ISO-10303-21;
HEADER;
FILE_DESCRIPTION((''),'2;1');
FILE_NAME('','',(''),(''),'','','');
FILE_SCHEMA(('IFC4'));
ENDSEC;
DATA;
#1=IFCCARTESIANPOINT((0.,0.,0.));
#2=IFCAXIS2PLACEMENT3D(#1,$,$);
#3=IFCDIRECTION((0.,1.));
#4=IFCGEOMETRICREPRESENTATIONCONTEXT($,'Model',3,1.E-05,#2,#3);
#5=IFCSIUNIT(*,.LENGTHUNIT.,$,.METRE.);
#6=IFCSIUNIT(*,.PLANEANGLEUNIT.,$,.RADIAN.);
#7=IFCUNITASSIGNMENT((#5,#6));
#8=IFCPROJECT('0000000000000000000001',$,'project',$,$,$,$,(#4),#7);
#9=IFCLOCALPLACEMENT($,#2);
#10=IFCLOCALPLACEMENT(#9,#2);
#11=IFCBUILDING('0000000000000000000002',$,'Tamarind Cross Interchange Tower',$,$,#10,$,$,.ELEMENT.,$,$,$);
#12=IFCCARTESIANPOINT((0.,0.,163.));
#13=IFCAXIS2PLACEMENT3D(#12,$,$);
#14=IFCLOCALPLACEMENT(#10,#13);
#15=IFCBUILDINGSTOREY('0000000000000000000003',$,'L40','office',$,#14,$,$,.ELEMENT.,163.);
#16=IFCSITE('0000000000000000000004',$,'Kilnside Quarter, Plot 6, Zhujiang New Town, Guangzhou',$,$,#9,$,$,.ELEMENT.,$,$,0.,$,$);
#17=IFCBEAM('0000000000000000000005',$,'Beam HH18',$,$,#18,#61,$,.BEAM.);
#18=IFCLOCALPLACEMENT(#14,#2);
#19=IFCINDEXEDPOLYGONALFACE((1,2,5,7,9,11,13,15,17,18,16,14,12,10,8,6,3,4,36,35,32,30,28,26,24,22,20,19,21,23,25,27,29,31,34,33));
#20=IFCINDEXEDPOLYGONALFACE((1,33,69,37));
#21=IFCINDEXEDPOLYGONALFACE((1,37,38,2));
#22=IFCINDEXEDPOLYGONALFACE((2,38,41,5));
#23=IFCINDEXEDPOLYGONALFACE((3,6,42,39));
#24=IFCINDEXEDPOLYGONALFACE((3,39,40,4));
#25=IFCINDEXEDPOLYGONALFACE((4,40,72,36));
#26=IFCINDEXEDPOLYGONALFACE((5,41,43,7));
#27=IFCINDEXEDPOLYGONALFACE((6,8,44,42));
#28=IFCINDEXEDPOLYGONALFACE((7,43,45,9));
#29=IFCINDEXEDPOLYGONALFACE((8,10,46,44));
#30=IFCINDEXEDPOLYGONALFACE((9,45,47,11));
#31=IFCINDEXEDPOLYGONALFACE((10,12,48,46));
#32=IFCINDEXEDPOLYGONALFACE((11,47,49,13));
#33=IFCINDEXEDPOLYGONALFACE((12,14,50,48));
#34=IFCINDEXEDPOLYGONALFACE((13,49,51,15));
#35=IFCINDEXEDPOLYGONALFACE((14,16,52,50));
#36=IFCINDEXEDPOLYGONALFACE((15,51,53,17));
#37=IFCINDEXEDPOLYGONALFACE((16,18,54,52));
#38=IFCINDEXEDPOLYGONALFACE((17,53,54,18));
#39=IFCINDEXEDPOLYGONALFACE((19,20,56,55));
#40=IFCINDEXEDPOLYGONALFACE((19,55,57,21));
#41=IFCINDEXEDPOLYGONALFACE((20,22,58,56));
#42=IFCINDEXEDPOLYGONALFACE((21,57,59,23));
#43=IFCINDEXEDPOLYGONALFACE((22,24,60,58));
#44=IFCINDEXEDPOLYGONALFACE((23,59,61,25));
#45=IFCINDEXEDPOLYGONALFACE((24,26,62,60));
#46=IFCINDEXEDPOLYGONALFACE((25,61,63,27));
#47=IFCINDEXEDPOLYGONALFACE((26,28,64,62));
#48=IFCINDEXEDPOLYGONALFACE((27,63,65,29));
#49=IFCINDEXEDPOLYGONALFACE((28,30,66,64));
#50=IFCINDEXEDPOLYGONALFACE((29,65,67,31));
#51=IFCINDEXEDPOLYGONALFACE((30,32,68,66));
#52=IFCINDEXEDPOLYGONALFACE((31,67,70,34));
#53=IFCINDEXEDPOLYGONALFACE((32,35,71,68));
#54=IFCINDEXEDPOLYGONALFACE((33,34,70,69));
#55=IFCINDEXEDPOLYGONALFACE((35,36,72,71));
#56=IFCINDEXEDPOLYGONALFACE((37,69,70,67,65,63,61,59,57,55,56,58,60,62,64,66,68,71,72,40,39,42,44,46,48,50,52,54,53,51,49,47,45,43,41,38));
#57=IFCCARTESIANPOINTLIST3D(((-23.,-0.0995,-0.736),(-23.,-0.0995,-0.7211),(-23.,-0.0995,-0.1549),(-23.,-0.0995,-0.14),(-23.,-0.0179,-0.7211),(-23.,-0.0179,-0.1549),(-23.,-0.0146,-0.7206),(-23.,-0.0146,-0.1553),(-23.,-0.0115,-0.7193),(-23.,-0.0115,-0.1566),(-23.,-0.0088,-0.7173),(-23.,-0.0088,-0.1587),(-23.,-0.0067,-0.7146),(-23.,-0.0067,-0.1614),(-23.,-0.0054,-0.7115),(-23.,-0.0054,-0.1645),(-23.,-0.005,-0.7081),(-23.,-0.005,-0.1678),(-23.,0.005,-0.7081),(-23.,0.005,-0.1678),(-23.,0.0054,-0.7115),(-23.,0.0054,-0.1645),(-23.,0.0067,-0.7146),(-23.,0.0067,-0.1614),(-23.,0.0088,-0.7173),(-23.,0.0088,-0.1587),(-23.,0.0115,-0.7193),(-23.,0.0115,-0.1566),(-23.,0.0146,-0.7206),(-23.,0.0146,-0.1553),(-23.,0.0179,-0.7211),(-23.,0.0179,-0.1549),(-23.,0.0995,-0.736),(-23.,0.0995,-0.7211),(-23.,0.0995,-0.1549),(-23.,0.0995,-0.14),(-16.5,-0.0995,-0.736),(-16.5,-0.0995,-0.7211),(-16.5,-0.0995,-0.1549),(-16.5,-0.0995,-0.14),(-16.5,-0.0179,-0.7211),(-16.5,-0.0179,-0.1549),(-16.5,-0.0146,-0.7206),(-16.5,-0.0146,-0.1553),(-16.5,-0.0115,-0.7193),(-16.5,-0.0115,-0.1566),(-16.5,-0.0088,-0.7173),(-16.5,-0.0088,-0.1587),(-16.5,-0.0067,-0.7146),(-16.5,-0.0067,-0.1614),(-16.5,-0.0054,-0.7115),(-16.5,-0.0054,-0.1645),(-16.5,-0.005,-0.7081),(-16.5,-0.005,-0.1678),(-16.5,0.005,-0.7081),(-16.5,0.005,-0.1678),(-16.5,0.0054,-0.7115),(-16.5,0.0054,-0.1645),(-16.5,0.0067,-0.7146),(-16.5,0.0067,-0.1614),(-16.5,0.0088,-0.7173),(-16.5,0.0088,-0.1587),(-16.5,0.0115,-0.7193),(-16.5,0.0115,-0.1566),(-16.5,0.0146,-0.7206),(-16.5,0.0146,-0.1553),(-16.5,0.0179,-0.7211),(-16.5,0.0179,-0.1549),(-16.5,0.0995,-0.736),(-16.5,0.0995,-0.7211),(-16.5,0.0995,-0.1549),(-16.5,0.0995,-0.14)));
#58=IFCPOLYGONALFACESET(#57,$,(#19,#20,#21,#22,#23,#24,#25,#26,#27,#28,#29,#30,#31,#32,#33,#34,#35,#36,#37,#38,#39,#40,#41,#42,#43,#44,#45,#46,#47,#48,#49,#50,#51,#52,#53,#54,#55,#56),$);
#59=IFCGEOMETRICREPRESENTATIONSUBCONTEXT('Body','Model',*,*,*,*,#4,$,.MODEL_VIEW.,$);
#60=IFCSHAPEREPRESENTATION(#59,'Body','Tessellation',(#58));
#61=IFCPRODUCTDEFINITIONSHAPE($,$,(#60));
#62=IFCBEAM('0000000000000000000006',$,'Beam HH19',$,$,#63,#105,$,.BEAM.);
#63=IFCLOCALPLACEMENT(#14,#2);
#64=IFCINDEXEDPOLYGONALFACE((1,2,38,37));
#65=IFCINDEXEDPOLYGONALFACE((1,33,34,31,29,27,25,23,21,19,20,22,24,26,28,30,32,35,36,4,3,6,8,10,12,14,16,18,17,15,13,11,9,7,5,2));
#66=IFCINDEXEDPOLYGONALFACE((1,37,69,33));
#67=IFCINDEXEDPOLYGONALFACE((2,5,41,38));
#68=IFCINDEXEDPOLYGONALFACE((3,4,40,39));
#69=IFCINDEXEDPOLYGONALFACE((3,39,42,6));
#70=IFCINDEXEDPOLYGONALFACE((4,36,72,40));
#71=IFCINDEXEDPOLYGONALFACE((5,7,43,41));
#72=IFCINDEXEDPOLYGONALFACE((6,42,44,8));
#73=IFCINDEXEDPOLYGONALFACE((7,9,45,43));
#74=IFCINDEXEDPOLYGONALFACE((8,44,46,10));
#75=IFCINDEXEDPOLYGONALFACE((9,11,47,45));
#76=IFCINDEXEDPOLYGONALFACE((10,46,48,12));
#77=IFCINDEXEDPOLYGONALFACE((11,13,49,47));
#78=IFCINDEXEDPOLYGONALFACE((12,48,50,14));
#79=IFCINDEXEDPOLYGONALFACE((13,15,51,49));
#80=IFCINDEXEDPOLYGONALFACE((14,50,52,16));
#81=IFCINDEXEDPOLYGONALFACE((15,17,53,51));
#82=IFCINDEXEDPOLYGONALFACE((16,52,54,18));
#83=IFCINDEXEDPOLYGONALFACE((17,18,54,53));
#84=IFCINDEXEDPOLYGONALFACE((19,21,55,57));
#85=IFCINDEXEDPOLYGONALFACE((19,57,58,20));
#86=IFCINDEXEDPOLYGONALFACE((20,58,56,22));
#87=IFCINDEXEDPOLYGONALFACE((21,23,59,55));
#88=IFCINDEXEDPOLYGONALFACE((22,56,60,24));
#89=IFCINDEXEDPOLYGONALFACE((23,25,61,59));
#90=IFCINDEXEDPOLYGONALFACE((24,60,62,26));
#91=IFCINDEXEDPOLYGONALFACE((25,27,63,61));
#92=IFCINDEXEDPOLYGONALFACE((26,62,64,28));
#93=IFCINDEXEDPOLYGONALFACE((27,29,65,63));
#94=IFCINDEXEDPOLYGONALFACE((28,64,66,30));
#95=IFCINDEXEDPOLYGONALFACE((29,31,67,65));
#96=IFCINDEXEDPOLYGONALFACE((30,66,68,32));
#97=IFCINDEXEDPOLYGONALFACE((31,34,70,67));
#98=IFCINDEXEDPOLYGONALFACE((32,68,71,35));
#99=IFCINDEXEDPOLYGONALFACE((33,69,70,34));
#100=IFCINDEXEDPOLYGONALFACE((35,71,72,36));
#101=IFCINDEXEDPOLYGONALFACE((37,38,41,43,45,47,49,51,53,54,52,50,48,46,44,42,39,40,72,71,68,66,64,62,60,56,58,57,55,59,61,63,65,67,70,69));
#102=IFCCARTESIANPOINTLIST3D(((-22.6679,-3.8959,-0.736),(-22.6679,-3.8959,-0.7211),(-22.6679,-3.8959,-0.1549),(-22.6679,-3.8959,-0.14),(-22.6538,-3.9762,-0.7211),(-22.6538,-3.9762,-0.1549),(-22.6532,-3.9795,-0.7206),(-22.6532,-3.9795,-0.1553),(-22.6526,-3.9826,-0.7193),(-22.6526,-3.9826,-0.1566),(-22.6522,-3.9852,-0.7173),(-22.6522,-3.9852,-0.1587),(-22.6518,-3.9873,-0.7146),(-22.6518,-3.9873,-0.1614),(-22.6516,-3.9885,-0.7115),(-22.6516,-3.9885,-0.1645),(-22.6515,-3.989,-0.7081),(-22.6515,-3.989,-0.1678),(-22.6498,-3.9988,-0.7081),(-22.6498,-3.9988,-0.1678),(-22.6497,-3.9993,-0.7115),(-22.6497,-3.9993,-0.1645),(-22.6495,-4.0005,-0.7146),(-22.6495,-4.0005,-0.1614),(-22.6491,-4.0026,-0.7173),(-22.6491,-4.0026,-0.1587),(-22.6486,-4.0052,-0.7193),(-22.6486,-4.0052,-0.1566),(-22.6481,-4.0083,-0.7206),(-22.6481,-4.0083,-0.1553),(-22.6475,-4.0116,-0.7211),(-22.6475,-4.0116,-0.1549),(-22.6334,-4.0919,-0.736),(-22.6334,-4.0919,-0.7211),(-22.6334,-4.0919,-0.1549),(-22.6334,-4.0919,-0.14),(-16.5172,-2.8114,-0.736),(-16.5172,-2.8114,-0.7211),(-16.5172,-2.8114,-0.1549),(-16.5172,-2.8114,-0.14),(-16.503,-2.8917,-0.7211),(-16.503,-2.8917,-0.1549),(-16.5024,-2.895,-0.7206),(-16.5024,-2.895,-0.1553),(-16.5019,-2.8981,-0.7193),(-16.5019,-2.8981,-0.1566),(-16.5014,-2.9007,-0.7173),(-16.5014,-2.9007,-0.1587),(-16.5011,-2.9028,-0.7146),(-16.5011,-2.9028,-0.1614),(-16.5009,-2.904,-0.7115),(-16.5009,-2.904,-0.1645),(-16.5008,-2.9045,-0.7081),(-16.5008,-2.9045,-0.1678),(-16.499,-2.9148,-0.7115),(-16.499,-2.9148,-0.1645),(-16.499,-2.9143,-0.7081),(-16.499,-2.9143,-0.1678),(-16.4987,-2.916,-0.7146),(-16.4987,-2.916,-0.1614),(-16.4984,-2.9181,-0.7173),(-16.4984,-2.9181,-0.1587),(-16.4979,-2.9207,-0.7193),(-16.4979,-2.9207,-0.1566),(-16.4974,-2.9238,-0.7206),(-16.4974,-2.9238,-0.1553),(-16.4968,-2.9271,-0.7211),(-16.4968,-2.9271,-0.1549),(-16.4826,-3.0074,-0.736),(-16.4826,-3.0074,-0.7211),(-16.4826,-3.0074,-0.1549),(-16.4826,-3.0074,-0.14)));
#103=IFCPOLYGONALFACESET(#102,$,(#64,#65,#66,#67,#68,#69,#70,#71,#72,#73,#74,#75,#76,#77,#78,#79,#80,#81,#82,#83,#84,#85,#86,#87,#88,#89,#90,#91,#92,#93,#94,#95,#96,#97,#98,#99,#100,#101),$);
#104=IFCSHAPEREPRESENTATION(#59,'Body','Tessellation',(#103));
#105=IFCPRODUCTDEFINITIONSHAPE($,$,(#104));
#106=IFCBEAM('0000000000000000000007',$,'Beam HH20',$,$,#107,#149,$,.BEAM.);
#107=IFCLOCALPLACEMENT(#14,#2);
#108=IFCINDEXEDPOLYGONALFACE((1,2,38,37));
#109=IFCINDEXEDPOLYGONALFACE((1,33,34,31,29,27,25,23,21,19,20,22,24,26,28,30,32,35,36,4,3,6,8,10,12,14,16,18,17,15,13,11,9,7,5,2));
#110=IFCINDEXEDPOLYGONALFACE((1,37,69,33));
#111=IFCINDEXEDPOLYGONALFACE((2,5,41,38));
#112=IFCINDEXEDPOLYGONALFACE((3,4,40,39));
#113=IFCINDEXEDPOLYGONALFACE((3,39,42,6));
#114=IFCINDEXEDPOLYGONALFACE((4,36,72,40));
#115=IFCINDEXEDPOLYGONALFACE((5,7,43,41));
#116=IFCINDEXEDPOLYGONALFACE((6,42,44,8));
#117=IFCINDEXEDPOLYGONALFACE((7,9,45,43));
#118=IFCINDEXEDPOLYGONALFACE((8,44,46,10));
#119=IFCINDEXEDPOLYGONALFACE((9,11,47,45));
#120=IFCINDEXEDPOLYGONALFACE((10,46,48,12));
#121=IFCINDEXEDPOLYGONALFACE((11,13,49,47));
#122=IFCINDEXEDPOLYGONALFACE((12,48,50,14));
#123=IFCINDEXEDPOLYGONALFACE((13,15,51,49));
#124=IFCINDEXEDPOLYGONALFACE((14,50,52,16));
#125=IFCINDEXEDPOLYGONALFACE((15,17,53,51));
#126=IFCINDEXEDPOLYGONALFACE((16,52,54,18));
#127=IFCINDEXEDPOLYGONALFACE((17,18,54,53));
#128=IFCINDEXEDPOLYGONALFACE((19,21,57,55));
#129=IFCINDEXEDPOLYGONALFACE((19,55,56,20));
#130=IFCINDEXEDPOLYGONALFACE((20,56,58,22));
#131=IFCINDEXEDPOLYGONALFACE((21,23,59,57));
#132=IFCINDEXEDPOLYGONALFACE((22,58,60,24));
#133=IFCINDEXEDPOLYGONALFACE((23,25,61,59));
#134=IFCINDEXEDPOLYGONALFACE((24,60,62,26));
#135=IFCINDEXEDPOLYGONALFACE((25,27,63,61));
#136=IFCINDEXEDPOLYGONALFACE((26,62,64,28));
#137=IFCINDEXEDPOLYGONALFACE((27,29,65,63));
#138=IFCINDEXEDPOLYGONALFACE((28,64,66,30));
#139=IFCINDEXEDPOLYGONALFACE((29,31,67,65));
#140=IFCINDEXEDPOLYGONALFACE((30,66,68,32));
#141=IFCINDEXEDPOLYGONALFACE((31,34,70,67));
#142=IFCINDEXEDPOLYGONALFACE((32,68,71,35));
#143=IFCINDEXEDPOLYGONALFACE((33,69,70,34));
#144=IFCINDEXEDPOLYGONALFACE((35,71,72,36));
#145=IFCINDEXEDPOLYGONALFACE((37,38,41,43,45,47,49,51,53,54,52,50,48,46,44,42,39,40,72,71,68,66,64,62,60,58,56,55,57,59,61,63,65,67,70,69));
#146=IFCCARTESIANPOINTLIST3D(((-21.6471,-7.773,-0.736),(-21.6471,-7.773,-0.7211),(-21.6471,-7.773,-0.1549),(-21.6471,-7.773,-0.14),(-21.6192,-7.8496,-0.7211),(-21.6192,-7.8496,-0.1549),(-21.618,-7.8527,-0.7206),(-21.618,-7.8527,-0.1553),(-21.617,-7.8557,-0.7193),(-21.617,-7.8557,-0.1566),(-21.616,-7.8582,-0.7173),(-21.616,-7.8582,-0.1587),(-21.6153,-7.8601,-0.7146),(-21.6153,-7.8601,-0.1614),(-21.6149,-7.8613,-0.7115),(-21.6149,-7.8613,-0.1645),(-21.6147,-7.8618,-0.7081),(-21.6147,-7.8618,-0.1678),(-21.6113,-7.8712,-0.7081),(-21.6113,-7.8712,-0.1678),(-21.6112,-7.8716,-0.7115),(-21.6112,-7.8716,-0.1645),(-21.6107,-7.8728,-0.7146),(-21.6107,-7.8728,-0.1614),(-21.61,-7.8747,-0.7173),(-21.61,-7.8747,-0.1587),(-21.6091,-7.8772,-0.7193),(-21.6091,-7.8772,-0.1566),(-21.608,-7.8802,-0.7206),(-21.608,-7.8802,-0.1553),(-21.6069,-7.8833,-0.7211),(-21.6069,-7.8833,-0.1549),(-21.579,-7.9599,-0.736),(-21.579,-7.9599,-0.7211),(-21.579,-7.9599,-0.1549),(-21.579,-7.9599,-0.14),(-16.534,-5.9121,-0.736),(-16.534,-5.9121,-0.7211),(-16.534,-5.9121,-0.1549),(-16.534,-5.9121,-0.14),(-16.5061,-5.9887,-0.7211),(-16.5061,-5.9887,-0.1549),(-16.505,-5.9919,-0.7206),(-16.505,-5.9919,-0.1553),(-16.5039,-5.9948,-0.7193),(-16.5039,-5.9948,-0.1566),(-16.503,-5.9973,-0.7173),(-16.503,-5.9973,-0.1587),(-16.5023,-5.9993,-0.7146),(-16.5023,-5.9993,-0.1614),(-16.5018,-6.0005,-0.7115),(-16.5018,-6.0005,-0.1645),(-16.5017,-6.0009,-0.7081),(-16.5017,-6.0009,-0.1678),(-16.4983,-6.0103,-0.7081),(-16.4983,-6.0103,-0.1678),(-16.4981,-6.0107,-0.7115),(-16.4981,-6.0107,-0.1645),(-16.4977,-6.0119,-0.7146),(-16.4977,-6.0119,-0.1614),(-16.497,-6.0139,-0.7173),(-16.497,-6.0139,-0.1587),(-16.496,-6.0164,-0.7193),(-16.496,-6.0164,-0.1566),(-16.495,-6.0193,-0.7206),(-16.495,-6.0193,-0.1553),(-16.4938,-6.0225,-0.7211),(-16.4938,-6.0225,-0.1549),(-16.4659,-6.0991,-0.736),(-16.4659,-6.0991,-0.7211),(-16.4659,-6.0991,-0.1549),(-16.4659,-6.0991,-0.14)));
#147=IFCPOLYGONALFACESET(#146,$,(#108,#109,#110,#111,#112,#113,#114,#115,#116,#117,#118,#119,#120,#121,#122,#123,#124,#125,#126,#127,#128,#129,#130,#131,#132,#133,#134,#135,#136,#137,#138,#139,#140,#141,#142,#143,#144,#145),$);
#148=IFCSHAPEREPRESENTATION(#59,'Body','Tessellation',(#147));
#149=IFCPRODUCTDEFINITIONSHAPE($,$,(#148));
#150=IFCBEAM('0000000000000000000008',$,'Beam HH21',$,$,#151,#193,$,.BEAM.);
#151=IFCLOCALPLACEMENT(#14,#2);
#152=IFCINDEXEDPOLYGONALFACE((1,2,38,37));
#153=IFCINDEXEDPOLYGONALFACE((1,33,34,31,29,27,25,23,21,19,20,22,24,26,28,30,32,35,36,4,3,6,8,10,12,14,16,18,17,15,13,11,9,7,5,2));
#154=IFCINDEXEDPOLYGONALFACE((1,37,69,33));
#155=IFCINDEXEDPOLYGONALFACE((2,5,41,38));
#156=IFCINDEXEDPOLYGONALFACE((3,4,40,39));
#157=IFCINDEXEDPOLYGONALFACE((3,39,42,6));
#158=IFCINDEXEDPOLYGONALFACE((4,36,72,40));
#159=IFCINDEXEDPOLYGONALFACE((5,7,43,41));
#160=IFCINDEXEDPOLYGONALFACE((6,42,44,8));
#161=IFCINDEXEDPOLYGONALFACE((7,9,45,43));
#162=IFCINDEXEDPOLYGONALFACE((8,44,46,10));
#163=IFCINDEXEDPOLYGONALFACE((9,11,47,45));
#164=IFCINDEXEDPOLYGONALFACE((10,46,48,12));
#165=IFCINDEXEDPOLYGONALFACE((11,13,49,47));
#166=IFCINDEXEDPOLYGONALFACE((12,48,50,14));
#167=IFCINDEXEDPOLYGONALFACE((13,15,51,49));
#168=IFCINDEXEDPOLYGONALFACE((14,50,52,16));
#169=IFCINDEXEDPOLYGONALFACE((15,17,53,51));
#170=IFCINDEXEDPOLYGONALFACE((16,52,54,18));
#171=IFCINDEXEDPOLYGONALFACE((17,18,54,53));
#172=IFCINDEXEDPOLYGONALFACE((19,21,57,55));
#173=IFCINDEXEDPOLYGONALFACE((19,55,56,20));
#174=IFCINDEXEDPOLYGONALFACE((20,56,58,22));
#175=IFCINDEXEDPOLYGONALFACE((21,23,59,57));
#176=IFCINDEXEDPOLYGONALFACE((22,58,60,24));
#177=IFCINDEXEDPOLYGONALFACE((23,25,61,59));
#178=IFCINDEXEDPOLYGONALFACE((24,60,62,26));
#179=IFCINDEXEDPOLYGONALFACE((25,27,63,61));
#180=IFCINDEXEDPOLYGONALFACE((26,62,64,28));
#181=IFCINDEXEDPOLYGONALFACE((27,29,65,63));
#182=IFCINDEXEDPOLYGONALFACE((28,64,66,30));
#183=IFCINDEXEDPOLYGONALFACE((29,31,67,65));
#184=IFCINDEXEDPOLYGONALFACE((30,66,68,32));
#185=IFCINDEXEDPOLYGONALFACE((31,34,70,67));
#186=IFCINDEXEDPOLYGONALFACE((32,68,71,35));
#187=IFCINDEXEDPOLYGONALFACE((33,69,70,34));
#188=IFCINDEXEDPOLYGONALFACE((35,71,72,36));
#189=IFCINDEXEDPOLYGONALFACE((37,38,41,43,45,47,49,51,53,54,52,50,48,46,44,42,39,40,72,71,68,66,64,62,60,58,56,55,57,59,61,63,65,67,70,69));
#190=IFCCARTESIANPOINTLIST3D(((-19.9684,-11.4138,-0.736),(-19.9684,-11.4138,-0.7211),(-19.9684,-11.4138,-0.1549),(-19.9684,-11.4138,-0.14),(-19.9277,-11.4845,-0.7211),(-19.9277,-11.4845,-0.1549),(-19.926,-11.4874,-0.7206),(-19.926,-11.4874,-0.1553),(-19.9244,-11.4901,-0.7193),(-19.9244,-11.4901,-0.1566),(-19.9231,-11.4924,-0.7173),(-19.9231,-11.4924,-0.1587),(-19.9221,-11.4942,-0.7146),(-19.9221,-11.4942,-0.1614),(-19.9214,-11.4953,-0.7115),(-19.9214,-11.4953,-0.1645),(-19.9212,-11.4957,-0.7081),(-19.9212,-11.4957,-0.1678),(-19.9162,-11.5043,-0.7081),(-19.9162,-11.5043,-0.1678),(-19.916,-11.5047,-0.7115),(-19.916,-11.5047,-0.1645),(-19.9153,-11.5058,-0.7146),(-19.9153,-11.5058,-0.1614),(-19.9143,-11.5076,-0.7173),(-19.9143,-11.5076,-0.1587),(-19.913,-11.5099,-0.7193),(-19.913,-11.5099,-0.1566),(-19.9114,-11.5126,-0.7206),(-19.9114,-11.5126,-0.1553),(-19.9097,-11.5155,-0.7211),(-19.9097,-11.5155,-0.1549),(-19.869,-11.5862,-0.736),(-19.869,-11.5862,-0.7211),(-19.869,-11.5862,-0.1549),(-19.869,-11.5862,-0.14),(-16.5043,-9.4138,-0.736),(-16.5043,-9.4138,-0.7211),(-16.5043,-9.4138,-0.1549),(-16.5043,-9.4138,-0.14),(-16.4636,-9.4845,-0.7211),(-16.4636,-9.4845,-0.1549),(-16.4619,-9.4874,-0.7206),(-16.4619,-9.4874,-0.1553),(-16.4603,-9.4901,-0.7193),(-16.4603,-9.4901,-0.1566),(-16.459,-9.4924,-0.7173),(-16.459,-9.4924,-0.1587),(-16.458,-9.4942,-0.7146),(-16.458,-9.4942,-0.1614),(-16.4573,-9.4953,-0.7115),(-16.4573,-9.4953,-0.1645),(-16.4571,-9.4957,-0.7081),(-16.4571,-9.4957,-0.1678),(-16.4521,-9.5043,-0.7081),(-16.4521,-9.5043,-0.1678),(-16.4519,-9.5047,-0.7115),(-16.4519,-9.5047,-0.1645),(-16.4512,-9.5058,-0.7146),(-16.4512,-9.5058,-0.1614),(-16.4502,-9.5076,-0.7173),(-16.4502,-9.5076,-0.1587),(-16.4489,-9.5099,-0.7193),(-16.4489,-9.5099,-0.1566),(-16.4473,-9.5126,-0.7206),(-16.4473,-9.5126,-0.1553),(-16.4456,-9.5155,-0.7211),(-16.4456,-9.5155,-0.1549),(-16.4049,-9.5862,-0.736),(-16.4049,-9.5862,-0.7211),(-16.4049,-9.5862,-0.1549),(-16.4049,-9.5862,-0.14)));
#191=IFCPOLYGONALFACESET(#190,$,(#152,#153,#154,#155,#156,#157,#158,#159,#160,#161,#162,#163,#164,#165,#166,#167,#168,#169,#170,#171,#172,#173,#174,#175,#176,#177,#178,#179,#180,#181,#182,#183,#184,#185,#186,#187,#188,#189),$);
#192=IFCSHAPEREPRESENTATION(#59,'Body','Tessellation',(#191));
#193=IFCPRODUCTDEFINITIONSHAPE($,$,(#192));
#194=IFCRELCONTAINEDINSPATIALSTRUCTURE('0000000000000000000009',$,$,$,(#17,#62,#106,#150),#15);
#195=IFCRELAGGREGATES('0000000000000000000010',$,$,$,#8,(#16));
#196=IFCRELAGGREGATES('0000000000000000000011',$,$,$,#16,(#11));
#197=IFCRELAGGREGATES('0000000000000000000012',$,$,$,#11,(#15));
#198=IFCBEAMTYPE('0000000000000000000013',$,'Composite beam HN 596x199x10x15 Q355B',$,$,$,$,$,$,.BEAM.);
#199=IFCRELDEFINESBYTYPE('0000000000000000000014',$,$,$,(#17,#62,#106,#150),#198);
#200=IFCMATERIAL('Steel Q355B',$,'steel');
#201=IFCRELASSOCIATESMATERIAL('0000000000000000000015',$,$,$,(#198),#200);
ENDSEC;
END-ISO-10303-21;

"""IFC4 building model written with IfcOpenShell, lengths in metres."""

from ifc_helpers import new_model, si_unit, direction, frame, origin, origin_2d, place, context, subcontext, project, spatial, i_section, extrude, material, material_profile, profile_set, type_object, element, save


model = new_model("IFC4")

# Units and contexts
model_context = context("Model", 3, precision=1e-05, world=origin(), true_north=direction((0.0, 1.0)))
body_context = subcontext(model_context, "Body", "Model", "MODEL_VIEW")
ifc_project = project(units=[si_unit("LENGTHUNIT", "METRE"), si_unit("PLANEANGLEUNIT", "RADIAN")], contexts=[model_context])

# Site, building, storey
site_placement = place(None, origin())
site = spatial("IfcSite", under=ifc_project, at=site_placement, Name="Kilnside Quarter, Plot 6, Zhujiang New Town, Guangzhou", CompositionType="ELEMENT", RefElevation=0.0)
building_placement = place(site_placement, origin())
building = spatial("IfcBuilding", under=site, at=building_placement, Name="Tamarind Cross Interchange Tower", CompositionType="ELEMENT")
storey_placement = place(building_placement, frame((0.0, 0.0, 163.0)))
storey = spatial("IfcBuildingStorey", under=building, at=storey_placement, Name="L40", Description="office", CompositionType="ELEMENT", Elevation=163.0)

# Beams
ifc_material_1 = material(Name="Steel Q355B", Category="steel")
ifc_material_profile_1 = material_profile(ifc_material_1, i_section(OverallWidth=0.199, OverallDepth=0.5959, WebThickness=0.01, FlangeThickness=0.0149, FilletRadius=0.0129, at=origin_2d()), Name="HN 596x199x10x15")
ifc_profile_set_1 = profile_set([ifc_material_profile_1], Name="Steel Q355B")
beam_type_1 = type_object("IfcBeamType", Name="Composite beam HN 596x199x10x15 Q355B", PredefinedType="BEAM", material=ifc_profile_set_1)
beam_1_placement = place(storey_placement, frame((-23.0, 0.0, -0.438), z_axis=(1.0, 0.0, 0.0), x_axis=(0.0, 1.0, 0.0)))
element("IfcBeam", 1, at=beam_1_placement, inside=storey, type_object=beam_type_1, Name="Beam HH18", PredefinedType="BEAM", context=body_context, shape_type="SweptSolid", body=[
    extrude(i_section(OverallWidth=0.199, OverallDepth=0.5959, WebThickness=0.01, FlangeThickness=0.0149, FilletRadius=0.0129, at=origin_2d()), origin(), (0.0, 0.0, 1.0), 6.5),
])
beam_2_placement = place(storey_placement, frame((-22.6506, -3.9939, -0.438), z_axis=(0.984809, 0.17364, 0.0), x_axis=(-0.17364, 0.984809, 0.0)))
element("IfcBeam", 2, at=beam_2_placement, inside=storey, type_object=beam_type_1, Name="Beam HH19", PredefinedType="BEAM", context=body_context, shape_type="SweptSolid", body=[
    extrude(i_section(OverallWidth=0.199, OverallDepth=0.5959, WebThickness=0.01, FlangeThickness=0.0149, FilletRadius=0.0129, at=origin_2d()), origin(), (0.0, 0.0, 1.0), 6.2456),
])
beam_3_placement = place(storey_placement, frame((-21.613, -7.8665, -0.438), z_axis=(0.939702, 0.341995, 0.0), x_axis=(-0.341995, 0.939702, 0.0)))
element("IfcBeam", 3, at=beam_3_placement, inside=storey, type_object=beam_type_1, Name="Beam HH20", PredefinedType="BEAM", context=body_context, shape_type="SweptSolid", body=[
    extrude(i_section(OverallWidth=0.199, OverallDepth=0.5959, WebThickness=0.01, FlangeThickness=0.0149, FilletRadius=0.0129, at=origin_2d()), origin(), (0.0, 0.0, 1.0), 5.4412),
])
beam_4_placement = place(storey_placement, frame((-19.9187, -11.5, -0.438), z_axis=(0.866026, 0.499999, 0.0), x_axis=(-0.499999, 0.866026, 0.0)))
element("IfcBeam", 4, at=beam_4_placement, inside=storey, type_object=beam_type_1, Name="Beam HH21", PredefinedType="BEAM", context=body_context, shape_type="SweptSolid", body=[
    extrude(i_section(OverallWidth=0.199, OverallDepth=0.5959, WebThickness=0.01, FlangeThickness=0.0149, FilletRadius=0.0129, at=origin_2d()), origin(), (0.0, 0.0, 1.0), 4.0),
])

save(model, "model.ifc")
